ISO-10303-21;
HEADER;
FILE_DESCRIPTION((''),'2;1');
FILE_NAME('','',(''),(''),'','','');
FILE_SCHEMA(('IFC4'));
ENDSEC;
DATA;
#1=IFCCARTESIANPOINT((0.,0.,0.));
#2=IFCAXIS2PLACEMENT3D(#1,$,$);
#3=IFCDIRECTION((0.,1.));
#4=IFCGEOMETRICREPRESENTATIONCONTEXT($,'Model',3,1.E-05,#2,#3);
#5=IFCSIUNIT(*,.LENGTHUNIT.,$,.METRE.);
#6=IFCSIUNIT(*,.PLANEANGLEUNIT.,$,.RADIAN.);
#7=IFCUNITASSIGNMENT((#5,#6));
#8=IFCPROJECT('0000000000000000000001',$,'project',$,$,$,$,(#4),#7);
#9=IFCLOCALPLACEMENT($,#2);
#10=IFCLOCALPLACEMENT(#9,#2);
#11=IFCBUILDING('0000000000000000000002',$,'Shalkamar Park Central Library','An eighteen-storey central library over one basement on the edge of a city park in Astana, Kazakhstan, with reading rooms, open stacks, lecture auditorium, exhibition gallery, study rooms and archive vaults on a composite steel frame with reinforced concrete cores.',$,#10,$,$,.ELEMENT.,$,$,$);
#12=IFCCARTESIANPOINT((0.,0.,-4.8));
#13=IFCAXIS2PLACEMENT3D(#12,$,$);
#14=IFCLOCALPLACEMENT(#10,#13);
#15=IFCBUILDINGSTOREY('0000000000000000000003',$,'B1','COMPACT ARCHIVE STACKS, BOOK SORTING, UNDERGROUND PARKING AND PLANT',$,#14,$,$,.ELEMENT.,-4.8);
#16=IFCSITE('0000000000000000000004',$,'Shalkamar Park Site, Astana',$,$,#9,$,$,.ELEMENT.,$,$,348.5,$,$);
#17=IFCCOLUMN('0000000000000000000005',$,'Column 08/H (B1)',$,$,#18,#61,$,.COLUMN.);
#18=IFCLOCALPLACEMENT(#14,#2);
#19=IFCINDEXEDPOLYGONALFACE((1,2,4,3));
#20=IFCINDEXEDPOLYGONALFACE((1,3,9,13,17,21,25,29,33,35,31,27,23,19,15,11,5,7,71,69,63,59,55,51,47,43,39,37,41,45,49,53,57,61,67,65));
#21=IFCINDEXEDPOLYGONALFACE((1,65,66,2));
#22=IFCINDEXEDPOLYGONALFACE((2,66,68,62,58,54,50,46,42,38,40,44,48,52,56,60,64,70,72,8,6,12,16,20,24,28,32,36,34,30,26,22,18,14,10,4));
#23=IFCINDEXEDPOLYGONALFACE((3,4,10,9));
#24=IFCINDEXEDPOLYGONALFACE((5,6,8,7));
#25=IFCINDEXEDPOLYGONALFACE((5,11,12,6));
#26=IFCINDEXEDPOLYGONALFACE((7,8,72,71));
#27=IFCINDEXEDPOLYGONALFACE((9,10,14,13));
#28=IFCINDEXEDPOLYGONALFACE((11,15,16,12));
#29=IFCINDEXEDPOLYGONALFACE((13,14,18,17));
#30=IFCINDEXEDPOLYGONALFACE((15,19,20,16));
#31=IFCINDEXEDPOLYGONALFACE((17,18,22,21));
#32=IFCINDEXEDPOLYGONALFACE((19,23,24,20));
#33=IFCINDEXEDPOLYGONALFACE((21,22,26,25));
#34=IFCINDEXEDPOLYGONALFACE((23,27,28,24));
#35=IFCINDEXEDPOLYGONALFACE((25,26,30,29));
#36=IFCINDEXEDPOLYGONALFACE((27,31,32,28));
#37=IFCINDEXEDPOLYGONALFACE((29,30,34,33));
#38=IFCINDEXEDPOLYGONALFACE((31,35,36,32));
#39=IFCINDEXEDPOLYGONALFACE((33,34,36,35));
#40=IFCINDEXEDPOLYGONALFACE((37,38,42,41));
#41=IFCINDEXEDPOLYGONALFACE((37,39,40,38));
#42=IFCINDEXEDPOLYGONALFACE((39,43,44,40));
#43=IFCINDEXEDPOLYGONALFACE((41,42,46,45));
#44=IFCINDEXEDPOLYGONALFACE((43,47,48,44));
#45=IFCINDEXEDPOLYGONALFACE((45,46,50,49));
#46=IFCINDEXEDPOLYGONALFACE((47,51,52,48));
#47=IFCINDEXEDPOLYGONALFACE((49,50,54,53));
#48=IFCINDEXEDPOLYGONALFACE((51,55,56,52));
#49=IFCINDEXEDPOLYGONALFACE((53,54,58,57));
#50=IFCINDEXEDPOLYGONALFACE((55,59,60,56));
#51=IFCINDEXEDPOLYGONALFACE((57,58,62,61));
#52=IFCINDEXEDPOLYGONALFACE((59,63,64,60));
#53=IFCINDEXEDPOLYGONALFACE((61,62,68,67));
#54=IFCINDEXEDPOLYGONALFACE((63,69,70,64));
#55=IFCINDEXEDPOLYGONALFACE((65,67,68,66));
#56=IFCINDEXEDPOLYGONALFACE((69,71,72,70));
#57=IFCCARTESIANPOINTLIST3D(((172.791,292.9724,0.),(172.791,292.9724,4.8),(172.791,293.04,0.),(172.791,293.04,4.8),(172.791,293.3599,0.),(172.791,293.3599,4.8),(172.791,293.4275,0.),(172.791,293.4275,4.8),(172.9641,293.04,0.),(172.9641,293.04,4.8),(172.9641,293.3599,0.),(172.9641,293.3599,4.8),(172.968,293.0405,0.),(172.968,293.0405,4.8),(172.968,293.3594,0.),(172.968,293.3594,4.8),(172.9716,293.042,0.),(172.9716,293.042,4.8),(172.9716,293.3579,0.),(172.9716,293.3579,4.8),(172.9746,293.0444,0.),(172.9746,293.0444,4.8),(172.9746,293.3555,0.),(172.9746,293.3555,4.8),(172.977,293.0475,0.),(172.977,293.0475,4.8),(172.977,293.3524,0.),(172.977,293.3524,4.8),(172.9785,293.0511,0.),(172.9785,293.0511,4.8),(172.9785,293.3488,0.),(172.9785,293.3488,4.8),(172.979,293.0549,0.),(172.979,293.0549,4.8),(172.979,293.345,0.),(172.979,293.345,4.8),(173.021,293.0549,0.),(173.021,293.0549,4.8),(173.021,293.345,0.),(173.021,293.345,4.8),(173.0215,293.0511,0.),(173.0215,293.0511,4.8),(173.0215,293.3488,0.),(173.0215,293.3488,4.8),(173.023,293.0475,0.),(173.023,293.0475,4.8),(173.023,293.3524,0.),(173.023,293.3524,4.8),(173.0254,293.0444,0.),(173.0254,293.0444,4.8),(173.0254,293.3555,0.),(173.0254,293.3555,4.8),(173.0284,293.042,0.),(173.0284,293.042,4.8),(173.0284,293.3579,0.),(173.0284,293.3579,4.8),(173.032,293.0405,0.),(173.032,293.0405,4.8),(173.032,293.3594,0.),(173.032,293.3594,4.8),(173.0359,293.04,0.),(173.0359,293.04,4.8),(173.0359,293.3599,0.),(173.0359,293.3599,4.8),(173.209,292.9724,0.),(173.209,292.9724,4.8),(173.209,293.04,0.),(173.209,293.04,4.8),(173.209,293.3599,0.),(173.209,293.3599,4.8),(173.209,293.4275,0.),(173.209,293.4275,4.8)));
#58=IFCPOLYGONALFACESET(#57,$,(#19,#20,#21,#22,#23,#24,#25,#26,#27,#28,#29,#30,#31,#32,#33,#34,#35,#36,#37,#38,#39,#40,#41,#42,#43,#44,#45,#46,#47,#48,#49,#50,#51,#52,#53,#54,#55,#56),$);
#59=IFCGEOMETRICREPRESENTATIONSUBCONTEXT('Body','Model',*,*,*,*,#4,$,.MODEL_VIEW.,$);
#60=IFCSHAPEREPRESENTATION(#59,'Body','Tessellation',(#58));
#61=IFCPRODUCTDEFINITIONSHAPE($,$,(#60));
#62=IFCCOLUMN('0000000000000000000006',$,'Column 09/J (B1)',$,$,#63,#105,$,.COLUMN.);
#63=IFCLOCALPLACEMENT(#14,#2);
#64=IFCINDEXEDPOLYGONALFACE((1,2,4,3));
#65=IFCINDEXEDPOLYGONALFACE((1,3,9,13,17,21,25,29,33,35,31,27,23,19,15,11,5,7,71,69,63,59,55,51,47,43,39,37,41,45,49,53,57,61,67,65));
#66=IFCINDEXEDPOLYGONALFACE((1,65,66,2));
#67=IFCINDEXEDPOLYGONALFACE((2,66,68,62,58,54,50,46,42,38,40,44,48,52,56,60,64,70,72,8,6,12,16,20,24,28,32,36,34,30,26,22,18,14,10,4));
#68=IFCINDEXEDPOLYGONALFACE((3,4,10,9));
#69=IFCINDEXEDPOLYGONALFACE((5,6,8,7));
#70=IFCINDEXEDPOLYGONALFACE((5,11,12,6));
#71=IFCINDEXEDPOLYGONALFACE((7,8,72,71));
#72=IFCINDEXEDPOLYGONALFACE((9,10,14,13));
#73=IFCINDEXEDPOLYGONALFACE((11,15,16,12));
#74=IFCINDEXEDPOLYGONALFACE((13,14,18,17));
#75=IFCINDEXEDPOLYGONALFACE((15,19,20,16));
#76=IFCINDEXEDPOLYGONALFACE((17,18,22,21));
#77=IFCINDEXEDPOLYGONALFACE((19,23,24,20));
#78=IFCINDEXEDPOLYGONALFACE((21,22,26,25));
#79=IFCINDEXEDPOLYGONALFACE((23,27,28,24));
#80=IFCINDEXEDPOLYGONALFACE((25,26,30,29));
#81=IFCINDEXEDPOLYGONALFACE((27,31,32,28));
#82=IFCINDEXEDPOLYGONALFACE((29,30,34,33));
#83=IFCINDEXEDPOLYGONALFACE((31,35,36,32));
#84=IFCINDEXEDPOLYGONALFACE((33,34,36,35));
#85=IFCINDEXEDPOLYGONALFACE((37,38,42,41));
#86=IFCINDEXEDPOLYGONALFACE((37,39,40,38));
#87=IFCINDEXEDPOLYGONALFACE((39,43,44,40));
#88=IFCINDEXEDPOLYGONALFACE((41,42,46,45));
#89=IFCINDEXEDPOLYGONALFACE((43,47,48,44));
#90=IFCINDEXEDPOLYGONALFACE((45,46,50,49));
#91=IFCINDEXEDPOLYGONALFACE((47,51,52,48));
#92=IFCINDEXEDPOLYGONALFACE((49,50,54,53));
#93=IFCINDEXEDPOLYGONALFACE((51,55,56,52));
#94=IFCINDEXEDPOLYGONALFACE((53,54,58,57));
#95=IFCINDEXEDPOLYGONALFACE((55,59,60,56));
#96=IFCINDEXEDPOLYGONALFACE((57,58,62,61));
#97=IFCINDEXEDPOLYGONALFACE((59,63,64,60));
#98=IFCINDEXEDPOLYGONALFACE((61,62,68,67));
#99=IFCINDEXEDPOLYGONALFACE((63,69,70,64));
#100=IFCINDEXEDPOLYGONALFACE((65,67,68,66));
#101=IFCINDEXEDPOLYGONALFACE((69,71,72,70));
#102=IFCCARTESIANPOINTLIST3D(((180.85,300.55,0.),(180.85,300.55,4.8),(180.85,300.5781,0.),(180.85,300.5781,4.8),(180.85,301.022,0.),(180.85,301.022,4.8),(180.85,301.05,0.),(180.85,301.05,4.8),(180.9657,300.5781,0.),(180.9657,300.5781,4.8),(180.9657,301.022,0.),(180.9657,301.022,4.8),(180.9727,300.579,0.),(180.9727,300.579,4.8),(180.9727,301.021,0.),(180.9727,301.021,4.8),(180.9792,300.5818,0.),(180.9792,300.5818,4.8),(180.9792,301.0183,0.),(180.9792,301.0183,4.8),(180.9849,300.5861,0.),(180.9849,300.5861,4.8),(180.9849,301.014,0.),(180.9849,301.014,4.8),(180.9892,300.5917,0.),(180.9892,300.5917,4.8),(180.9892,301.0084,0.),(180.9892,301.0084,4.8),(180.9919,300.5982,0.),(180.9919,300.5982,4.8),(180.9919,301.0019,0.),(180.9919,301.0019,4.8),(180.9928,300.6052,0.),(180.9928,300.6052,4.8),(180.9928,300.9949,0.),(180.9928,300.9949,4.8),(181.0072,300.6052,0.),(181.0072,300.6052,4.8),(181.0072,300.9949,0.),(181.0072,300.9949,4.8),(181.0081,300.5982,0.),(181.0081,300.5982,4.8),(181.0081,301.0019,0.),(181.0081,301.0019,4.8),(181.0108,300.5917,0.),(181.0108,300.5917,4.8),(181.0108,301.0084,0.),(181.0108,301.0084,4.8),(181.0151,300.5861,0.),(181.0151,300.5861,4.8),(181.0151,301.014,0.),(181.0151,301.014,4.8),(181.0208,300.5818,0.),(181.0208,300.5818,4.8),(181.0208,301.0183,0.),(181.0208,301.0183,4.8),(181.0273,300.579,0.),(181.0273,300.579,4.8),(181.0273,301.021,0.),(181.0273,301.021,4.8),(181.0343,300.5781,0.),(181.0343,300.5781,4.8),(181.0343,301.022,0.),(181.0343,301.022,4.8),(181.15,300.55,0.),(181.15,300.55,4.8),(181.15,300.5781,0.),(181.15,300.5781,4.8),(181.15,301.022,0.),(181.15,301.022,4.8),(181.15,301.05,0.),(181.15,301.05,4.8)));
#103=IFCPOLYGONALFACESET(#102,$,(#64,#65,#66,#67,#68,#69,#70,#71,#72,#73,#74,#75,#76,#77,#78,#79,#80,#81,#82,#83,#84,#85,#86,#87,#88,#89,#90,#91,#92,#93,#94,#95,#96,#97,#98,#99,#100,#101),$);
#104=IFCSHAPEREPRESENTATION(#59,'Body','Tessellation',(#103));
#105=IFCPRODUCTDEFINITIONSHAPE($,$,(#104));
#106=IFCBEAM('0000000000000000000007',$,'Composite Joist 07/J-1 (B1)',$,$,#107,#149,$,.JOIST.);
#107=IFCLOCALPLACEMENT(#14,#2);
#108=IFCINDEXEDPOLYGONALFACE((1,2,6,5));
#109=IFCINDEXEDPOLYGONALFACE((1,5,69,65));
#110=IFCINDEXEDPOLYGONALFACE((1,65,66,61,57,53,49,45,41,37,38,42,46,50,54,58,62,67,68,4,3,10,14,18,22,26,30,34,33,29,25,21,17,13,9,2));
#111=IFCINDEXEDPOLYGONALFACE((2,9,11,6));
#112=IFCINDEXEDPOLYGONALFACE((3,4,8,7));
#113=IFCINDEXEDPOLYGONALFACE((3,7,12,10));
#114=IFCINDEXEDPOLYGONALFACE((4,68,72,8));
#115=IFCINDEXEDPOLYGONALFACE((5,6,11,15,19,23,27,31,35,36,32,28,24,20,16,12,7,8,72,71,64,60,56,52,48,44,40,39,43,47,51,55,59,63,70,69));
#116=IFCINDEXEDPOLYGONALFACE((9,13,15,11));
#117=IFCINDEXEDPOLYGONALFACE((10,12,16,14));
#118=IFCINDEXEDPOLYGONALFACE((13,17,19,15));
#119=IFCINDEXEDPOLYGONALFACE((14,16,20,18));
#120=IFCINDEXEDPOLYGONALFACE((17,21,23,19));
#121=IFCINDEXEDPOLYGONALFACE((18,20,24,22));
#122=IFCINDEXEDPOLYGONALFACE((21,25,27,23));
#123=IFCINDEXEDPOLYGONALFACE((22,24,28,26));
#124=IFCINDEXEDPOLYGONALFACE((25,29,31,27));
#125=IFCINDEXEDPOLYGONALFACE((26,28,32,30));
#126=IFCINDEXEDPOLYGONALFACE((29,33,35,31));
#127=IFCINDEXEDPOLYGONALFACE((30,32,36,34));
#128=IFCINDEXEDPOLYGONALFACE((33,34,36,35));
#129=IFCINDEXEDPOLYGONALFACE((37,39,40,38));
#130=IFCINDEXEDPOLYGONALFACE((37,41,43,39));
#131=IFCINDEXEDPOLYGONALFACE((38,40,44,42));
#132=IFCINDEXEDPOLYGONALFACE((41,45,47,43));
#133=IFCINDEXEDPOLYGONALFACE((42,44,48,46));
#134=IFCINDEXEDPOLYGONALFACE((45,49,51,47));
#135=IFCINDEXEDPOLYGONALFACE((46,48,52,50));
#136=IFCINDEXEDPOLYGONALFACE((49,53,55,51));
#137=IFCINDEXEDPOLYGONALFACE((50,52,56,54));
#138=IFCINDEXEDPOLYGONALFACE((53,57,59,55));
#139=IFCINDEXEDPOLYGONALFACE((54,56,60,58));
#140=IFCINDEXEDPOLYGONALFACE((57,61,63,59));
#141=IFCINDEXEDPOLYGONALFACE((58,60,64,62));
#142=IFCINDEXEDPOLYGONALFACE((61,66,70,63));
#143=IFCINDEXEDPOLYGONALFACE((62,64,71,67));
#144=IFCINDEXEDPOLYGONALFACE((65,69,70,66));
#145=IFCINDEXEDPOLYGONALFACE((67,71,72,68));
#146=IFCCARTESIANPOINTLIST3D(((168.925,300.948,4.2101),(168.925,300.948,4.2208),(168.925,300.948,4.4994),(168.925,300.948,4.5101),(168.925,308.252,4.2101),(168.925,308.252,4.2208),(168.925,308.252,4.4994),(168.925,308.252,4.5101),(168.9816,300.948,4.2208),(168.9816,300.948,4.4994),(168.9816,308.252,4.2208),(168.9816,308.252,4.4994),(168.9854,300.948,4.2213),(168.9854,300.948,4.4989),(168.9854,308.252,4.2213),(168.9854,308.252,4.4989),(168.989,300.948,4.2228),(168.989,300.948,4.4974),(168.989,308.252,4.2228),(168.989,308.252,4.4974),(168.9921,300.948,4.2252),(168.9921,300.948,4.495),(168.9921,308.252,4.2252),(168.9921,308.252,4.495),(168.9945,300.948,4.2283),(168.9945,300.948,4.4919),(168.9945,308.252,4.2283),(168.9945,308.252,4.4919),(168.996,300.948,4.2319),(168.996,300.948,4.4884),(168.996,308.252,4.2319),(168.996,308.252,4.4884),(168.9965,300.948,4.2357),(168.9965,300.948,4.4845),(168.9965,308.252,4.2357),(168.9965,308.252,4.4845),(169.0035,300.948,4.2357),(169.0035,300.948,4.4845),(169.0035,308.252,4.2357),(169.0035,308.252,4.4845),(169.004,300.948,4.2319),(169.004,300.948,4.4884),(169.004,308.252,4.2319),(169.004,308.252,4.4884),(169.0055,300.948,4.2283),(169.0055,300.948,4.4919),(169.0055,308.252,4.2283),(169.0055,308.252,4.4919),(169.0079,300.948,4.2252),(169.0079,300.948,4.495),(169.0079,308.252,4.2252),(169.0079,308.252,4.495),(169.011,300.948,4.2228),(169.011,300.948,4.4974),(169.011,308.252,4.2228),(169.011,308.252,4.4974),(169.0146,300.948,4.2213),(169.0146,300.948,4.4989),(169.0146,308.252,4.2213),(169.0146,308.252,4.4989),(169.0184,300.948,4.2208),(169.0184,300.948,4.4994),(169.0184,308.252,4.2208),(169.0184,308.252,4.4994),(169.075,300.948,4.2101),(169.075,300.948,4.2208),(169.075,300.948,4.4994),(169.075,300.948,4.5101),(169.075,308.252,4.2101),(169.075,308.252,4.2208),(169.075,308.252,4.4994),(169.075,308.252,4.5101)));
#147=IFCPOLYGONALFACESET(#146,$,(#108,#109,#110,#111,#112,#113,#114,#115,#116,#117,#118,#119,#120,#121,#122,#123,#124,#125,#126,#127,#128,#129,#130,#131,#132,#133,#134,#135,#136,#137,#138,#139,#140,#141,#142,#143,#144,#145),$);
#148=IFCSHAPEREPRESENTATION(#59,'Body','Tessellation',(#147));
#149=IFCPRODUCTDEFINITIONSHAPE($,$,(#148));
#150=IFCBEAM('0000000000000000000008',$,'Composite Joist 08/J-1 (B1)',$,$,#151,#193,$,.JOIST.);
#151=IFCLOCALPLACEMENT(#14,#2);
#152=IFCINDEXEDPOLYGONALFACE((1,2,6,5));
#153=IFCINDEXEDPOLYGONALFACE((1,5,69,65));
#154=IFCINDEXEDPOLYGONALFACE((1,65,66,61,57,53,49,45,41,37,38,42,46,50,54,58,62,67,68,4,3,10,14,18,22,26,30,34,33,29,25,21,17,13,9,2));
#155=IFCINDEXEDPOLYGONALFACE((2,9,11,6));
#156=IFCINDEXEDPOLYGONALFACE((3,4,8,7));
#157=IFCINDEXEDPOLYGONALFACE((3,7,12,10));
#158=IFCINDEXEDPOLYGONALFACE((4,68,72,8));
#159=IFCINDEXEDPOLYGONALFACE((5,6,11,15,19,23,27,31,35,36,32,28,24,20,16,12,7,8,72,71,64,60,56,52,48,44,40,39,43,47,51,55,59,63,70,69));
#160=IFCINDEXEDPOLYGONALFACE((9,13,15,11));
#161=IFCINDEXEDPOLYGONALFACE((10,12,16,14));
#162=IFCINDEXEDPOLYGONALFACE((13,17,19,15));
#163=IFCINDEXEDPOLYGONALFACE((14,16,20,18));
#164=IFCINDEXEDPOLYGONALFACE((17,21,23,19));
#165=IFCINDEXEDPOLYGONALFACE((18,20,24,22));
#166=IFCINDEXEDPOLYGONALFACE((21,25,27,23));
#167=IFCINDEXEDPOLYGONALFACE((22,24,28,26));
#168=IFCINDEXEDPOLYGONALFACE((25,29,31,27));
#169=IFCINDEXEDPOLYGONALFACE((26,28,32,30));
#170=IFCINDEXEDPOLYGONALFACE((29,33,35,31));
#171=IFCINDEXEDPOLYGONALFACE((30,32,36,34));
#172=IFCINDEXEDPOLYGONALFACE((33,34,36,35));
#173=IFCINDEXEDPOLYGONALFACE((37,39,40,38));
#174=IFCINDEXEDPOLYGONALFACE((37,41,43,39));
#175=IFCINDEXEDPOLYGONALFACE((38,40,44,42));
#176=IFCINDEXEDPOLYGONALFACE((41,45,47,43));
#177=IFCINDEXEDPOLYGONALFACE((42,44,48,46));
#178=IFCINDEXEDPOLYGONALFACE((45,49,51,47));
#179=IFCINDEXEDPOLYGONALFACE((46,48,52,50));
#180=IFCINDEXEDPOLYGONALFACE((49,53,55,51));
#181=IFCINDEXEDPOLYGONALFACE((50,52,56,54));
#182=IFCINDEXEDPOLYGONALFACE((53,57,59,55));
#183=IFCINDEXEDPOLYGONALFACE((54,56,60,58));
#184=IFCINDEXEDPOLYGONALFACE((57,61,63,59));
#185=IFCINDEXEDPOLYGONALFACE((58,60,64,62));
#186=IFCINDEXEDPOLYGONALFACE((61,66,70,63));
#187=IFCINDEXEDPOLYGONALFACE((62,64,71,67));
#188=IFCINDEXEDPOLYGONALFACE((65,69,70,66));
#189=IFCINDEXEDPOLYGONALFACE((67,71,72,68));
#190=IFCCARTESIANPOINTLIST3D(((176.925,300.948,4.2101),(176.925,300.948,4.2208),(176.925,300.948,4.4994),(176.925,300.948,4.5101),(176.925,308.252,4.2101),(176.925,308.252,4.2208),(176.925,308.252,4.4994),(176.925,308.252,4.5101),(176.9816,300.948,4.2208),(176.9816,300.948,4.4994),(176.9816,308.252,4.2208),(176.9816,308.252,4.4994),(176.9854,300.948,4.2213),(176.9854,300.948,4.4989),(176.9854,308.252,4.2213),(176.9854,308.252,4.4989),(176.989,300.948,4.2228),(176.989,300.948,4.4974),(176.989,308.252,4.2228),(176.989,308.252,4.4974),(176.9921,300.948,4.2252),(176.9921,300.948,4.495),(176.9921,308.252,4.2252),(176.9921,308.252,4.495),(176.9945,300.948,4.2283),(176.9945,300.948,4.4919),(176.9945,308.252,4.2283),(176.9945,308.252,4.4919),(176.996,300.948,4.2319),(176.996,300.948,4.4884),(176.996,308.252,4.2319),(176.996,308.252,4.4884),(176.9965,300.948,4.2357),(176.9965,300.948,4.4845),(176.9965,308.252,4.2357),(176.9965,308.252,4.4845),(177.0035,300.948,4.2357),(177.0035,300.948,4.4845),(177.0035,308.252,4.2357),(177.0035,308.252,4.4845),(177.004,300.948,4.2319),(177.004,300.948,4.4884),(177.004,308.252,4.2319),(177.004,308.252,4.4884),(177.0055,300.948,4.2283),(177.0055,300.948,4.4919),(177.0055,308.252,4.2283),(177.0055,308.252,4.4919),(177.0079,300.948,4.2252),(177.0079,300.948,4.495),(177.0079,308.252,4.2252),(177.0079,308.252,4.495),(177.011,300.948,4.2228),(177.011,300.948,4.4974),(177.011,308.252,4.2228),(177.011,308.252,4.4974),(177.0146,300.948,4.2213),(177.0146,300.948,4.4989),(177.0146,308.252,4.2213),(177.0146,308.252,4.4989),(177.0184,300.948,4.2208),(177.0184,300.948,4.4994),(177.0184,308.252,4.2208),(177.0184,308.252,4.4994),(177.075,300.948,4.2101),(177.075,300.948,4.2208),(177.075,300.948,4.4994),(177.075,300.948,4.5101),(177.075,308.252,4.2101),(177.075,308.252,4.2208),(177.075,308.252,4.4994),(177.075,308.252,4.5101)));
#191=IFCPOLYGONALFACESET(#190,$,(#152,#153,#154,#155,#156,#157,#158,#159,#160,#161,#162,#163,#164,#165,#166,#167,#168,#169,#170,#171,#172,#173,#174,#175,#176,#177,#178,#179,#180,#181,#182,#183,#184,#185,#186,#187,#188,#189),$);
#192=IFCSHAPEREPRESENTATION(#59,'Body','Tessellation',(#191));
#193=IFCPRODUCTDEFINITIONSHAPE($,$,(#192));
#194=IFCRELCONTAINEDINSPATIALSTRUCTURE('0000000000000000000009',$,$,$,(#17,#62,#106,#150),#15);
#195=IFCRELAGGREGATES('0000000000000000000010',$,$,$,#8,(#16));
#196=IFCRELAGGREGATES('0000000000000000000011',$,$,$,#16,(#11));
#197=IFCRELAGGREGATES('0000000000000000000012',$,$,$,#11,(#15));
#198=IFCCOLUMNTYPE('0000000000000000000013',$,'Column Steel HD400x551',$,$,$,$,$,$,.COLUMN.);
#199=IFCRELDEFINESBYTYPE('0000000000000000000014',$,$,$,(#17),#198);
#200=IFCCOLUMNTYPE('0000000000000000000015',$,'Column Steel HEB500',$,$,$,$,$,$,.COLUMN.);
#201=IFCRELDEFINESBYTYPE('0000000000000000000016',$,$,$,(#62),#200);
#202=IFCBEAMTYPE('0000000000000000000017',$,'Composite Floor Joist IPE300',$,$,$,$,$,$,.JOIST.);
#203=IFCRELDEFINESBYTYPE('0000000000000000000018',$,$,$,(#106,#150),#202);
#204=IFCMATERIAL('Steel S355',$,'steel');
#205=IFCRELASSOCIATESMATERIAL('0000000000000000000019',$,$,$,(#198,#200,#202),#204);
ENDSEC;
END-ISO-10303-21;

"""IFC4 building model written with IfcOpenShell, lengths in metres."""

from ifc_helpers import new_model, si_unit, direction, frame, origin, origin_2d, place, context, subcontext, project, spatial, i_section, extrude, material, material_profile, profile_set, type_object, element, save


model = new_model("IFC4")

# Units and contexts
model_context = context("Model", 3, precision=1e-05, world=origin(), true_north=direction((0.0, 1.0)))
body_context = subcontext(model_context, "Body", "Model", "MODEL_VIEW")
ifc_project = project(units=[si_unit("LENGTHUNIT", "METRE"), si_unit("PLANEANGLEUNIT", "RADIAN")], contexts=[model_context])

# Site, building, storey
site_placement = place(None, origin())
site = spatial("IfcSite", under=ifc_project, at=site_placement, Name="Shalkamar Park Site, Astana", CompositionType="ELEMENT", RefElevation=348.5)
building_placement = place(site_placement, origin())
building = spatial("IfcBuilding", under=site, at=building_placement, Name="Shalkamar Park Central Library", Description="An eighteen-storey central library over one basement on the edge of a city park in Astana, Kazakhstan, with reading rooms, open stacks, lecture auditorium, exhibition gallery, study rooms and archive vaults on a composite steel frame with reinforced concrete cores.", CompositionType="ELEMENT")
storey_placement = place(building_placement, frame((0.0, 0.0, -4.8)))
storey = spatial("IfcBuildingStorey", under=building, at=storey_placement, Name="B1", Description="COMPACT ARCHIVE STACKS, BOOK SORTING, UNDERGROUND PARKING AND PLANT", CompositionType="ELEMENT", Elevation=-4.8)

# Columns
ifc_material_1 = material(Name="Steel S355", Category="steel")
ifc_material_profile_1 = material_profile(ifc_material_1, i_section(OverallWidth=0.418, OverallDepth=0.4551, WebThickness=0.042, FlangeThickness=0.0676, FilletRadius=0.0149, at=origin_2d()), Name="HD 400x551")
ifc_profile_set_1 = profile_set([ifc_material_profile_1], Name="Steel S355")
column_type_1 = type_object("IfcColumnType", Name="Column Steel HD400x551", PredefinedType="COLUMN", material=ifc_profile_set_1)
column_1_placement = place(storey_placement, frame((173.0, 293.2, 0.0), z_axis=(0.0, 0.0, 1.0), x_axis=(1.0, 0.0, 0.0)))
element("IfcColumn", 1, at=column_1_placement, inside=storey, type_object=column_type_1, Name="Column 08/H (B1)", PredefinedType="COLUMN", context=body_context, shape_type="SweptSolid", body=[
    extrude(i_section(OverallWidth=0.418, OverallDepth=0.4551, WebThickness=0.042, FlangeThickness=0.0676, FilletRadius=0.0149, at=origin_2d()), origin(), (0.0, 0.0, 1.0), 4.8),
])
ifc_material_profile_2 = material_profile(ifc_material_1, i_section(OverallWidth=0.3, OverallDepth=0.5, WebThickness=0.0144, FlangeThickness=0.0281, FilletRadius=0.0271, at=origin_2d()), Name="HEB 500")
ifc_profile_set_2 = profile_set([ifc_material_profile_2], Name="Steel S355")
column_type_2 = type_object("IfcColumnType", Name="Column Steel HEB500", PredefinedType="COLUMN", material=ifc_profile_set_2)
column_2_placement = place(storey_placement, frame((181.0, 300.8, 0.0), z_axis=(0.0, 0.0, 1.0), x_axis=(1.0, 0.0, 0.0)))
element("IfcColumn", 2, at=column_2_placement, inside=storey, type_object=column_type_2, Name="Column 09/J (B1)", PredefinedType="COLUMN", context=body_context, shape_type="SweptSolid", body=[
    extrude(i_section(OverallWidth=0.3, OverallDepth=0.5, WebThickness=0.0144, FlangeThickness=0.0281, FilletRadius=0.0271, at=origin_2d()), origin(), (0.0, 0.0, 1.0), 4.8),
])

# Beams
ifc_material_profile_3 = material_profile(ifc_material_1, i_section(OverallWidth=0.1499, OverallDepth=0.3, WebThickness=0.0071, FlangeThickness=0.0107, FilletRadius=0.0149, at=origin_2d()), Name="IPE 300")
ifc_profile_set_3 = profile_set([ifc_material_profile_3], Name="Steel S355")
beam_type_1 = type_object("IfcBeamType", Name="Composite Floor Joist IPE300", PredefinedType="JOIST", material=ifc_profile_set_3)
for number, where, z_axis, x_axis, name in (
    (3, (169.0, 300.948, 4.3601), (0.0, 1.0, 0.0), (-1.0, 0.0, 0.0), "Composite Joist 07/J-1 (B1)"),
    (4, (177.0, 300.948, 4.3601), (0.0, 1.0, 0.0), (-1.0, 0.0, 0.0), "Composite Joist 08/J-1 (B1)"),
):
    element("IfcBeam", number, at=place(storey_placement, frame(where, z_axis=z_axis, x_axis=x_axis)), inside=storey, type_object=beam_type_1, Name=name, PredefinedType="JOIST", context=body_context, shape_type="SweptSolid", body=[
        extrude(i_section(OverallWidth=0.1499, OverallDepth=0.3, WebThickness=0.0071, FlangeThickness=0.0107, FilletRadius=0.0149, at=origin_2d()), origin(), (0.0, 0.0, 1.0), 7.304),
    ])

save(model, "model.ifc")
